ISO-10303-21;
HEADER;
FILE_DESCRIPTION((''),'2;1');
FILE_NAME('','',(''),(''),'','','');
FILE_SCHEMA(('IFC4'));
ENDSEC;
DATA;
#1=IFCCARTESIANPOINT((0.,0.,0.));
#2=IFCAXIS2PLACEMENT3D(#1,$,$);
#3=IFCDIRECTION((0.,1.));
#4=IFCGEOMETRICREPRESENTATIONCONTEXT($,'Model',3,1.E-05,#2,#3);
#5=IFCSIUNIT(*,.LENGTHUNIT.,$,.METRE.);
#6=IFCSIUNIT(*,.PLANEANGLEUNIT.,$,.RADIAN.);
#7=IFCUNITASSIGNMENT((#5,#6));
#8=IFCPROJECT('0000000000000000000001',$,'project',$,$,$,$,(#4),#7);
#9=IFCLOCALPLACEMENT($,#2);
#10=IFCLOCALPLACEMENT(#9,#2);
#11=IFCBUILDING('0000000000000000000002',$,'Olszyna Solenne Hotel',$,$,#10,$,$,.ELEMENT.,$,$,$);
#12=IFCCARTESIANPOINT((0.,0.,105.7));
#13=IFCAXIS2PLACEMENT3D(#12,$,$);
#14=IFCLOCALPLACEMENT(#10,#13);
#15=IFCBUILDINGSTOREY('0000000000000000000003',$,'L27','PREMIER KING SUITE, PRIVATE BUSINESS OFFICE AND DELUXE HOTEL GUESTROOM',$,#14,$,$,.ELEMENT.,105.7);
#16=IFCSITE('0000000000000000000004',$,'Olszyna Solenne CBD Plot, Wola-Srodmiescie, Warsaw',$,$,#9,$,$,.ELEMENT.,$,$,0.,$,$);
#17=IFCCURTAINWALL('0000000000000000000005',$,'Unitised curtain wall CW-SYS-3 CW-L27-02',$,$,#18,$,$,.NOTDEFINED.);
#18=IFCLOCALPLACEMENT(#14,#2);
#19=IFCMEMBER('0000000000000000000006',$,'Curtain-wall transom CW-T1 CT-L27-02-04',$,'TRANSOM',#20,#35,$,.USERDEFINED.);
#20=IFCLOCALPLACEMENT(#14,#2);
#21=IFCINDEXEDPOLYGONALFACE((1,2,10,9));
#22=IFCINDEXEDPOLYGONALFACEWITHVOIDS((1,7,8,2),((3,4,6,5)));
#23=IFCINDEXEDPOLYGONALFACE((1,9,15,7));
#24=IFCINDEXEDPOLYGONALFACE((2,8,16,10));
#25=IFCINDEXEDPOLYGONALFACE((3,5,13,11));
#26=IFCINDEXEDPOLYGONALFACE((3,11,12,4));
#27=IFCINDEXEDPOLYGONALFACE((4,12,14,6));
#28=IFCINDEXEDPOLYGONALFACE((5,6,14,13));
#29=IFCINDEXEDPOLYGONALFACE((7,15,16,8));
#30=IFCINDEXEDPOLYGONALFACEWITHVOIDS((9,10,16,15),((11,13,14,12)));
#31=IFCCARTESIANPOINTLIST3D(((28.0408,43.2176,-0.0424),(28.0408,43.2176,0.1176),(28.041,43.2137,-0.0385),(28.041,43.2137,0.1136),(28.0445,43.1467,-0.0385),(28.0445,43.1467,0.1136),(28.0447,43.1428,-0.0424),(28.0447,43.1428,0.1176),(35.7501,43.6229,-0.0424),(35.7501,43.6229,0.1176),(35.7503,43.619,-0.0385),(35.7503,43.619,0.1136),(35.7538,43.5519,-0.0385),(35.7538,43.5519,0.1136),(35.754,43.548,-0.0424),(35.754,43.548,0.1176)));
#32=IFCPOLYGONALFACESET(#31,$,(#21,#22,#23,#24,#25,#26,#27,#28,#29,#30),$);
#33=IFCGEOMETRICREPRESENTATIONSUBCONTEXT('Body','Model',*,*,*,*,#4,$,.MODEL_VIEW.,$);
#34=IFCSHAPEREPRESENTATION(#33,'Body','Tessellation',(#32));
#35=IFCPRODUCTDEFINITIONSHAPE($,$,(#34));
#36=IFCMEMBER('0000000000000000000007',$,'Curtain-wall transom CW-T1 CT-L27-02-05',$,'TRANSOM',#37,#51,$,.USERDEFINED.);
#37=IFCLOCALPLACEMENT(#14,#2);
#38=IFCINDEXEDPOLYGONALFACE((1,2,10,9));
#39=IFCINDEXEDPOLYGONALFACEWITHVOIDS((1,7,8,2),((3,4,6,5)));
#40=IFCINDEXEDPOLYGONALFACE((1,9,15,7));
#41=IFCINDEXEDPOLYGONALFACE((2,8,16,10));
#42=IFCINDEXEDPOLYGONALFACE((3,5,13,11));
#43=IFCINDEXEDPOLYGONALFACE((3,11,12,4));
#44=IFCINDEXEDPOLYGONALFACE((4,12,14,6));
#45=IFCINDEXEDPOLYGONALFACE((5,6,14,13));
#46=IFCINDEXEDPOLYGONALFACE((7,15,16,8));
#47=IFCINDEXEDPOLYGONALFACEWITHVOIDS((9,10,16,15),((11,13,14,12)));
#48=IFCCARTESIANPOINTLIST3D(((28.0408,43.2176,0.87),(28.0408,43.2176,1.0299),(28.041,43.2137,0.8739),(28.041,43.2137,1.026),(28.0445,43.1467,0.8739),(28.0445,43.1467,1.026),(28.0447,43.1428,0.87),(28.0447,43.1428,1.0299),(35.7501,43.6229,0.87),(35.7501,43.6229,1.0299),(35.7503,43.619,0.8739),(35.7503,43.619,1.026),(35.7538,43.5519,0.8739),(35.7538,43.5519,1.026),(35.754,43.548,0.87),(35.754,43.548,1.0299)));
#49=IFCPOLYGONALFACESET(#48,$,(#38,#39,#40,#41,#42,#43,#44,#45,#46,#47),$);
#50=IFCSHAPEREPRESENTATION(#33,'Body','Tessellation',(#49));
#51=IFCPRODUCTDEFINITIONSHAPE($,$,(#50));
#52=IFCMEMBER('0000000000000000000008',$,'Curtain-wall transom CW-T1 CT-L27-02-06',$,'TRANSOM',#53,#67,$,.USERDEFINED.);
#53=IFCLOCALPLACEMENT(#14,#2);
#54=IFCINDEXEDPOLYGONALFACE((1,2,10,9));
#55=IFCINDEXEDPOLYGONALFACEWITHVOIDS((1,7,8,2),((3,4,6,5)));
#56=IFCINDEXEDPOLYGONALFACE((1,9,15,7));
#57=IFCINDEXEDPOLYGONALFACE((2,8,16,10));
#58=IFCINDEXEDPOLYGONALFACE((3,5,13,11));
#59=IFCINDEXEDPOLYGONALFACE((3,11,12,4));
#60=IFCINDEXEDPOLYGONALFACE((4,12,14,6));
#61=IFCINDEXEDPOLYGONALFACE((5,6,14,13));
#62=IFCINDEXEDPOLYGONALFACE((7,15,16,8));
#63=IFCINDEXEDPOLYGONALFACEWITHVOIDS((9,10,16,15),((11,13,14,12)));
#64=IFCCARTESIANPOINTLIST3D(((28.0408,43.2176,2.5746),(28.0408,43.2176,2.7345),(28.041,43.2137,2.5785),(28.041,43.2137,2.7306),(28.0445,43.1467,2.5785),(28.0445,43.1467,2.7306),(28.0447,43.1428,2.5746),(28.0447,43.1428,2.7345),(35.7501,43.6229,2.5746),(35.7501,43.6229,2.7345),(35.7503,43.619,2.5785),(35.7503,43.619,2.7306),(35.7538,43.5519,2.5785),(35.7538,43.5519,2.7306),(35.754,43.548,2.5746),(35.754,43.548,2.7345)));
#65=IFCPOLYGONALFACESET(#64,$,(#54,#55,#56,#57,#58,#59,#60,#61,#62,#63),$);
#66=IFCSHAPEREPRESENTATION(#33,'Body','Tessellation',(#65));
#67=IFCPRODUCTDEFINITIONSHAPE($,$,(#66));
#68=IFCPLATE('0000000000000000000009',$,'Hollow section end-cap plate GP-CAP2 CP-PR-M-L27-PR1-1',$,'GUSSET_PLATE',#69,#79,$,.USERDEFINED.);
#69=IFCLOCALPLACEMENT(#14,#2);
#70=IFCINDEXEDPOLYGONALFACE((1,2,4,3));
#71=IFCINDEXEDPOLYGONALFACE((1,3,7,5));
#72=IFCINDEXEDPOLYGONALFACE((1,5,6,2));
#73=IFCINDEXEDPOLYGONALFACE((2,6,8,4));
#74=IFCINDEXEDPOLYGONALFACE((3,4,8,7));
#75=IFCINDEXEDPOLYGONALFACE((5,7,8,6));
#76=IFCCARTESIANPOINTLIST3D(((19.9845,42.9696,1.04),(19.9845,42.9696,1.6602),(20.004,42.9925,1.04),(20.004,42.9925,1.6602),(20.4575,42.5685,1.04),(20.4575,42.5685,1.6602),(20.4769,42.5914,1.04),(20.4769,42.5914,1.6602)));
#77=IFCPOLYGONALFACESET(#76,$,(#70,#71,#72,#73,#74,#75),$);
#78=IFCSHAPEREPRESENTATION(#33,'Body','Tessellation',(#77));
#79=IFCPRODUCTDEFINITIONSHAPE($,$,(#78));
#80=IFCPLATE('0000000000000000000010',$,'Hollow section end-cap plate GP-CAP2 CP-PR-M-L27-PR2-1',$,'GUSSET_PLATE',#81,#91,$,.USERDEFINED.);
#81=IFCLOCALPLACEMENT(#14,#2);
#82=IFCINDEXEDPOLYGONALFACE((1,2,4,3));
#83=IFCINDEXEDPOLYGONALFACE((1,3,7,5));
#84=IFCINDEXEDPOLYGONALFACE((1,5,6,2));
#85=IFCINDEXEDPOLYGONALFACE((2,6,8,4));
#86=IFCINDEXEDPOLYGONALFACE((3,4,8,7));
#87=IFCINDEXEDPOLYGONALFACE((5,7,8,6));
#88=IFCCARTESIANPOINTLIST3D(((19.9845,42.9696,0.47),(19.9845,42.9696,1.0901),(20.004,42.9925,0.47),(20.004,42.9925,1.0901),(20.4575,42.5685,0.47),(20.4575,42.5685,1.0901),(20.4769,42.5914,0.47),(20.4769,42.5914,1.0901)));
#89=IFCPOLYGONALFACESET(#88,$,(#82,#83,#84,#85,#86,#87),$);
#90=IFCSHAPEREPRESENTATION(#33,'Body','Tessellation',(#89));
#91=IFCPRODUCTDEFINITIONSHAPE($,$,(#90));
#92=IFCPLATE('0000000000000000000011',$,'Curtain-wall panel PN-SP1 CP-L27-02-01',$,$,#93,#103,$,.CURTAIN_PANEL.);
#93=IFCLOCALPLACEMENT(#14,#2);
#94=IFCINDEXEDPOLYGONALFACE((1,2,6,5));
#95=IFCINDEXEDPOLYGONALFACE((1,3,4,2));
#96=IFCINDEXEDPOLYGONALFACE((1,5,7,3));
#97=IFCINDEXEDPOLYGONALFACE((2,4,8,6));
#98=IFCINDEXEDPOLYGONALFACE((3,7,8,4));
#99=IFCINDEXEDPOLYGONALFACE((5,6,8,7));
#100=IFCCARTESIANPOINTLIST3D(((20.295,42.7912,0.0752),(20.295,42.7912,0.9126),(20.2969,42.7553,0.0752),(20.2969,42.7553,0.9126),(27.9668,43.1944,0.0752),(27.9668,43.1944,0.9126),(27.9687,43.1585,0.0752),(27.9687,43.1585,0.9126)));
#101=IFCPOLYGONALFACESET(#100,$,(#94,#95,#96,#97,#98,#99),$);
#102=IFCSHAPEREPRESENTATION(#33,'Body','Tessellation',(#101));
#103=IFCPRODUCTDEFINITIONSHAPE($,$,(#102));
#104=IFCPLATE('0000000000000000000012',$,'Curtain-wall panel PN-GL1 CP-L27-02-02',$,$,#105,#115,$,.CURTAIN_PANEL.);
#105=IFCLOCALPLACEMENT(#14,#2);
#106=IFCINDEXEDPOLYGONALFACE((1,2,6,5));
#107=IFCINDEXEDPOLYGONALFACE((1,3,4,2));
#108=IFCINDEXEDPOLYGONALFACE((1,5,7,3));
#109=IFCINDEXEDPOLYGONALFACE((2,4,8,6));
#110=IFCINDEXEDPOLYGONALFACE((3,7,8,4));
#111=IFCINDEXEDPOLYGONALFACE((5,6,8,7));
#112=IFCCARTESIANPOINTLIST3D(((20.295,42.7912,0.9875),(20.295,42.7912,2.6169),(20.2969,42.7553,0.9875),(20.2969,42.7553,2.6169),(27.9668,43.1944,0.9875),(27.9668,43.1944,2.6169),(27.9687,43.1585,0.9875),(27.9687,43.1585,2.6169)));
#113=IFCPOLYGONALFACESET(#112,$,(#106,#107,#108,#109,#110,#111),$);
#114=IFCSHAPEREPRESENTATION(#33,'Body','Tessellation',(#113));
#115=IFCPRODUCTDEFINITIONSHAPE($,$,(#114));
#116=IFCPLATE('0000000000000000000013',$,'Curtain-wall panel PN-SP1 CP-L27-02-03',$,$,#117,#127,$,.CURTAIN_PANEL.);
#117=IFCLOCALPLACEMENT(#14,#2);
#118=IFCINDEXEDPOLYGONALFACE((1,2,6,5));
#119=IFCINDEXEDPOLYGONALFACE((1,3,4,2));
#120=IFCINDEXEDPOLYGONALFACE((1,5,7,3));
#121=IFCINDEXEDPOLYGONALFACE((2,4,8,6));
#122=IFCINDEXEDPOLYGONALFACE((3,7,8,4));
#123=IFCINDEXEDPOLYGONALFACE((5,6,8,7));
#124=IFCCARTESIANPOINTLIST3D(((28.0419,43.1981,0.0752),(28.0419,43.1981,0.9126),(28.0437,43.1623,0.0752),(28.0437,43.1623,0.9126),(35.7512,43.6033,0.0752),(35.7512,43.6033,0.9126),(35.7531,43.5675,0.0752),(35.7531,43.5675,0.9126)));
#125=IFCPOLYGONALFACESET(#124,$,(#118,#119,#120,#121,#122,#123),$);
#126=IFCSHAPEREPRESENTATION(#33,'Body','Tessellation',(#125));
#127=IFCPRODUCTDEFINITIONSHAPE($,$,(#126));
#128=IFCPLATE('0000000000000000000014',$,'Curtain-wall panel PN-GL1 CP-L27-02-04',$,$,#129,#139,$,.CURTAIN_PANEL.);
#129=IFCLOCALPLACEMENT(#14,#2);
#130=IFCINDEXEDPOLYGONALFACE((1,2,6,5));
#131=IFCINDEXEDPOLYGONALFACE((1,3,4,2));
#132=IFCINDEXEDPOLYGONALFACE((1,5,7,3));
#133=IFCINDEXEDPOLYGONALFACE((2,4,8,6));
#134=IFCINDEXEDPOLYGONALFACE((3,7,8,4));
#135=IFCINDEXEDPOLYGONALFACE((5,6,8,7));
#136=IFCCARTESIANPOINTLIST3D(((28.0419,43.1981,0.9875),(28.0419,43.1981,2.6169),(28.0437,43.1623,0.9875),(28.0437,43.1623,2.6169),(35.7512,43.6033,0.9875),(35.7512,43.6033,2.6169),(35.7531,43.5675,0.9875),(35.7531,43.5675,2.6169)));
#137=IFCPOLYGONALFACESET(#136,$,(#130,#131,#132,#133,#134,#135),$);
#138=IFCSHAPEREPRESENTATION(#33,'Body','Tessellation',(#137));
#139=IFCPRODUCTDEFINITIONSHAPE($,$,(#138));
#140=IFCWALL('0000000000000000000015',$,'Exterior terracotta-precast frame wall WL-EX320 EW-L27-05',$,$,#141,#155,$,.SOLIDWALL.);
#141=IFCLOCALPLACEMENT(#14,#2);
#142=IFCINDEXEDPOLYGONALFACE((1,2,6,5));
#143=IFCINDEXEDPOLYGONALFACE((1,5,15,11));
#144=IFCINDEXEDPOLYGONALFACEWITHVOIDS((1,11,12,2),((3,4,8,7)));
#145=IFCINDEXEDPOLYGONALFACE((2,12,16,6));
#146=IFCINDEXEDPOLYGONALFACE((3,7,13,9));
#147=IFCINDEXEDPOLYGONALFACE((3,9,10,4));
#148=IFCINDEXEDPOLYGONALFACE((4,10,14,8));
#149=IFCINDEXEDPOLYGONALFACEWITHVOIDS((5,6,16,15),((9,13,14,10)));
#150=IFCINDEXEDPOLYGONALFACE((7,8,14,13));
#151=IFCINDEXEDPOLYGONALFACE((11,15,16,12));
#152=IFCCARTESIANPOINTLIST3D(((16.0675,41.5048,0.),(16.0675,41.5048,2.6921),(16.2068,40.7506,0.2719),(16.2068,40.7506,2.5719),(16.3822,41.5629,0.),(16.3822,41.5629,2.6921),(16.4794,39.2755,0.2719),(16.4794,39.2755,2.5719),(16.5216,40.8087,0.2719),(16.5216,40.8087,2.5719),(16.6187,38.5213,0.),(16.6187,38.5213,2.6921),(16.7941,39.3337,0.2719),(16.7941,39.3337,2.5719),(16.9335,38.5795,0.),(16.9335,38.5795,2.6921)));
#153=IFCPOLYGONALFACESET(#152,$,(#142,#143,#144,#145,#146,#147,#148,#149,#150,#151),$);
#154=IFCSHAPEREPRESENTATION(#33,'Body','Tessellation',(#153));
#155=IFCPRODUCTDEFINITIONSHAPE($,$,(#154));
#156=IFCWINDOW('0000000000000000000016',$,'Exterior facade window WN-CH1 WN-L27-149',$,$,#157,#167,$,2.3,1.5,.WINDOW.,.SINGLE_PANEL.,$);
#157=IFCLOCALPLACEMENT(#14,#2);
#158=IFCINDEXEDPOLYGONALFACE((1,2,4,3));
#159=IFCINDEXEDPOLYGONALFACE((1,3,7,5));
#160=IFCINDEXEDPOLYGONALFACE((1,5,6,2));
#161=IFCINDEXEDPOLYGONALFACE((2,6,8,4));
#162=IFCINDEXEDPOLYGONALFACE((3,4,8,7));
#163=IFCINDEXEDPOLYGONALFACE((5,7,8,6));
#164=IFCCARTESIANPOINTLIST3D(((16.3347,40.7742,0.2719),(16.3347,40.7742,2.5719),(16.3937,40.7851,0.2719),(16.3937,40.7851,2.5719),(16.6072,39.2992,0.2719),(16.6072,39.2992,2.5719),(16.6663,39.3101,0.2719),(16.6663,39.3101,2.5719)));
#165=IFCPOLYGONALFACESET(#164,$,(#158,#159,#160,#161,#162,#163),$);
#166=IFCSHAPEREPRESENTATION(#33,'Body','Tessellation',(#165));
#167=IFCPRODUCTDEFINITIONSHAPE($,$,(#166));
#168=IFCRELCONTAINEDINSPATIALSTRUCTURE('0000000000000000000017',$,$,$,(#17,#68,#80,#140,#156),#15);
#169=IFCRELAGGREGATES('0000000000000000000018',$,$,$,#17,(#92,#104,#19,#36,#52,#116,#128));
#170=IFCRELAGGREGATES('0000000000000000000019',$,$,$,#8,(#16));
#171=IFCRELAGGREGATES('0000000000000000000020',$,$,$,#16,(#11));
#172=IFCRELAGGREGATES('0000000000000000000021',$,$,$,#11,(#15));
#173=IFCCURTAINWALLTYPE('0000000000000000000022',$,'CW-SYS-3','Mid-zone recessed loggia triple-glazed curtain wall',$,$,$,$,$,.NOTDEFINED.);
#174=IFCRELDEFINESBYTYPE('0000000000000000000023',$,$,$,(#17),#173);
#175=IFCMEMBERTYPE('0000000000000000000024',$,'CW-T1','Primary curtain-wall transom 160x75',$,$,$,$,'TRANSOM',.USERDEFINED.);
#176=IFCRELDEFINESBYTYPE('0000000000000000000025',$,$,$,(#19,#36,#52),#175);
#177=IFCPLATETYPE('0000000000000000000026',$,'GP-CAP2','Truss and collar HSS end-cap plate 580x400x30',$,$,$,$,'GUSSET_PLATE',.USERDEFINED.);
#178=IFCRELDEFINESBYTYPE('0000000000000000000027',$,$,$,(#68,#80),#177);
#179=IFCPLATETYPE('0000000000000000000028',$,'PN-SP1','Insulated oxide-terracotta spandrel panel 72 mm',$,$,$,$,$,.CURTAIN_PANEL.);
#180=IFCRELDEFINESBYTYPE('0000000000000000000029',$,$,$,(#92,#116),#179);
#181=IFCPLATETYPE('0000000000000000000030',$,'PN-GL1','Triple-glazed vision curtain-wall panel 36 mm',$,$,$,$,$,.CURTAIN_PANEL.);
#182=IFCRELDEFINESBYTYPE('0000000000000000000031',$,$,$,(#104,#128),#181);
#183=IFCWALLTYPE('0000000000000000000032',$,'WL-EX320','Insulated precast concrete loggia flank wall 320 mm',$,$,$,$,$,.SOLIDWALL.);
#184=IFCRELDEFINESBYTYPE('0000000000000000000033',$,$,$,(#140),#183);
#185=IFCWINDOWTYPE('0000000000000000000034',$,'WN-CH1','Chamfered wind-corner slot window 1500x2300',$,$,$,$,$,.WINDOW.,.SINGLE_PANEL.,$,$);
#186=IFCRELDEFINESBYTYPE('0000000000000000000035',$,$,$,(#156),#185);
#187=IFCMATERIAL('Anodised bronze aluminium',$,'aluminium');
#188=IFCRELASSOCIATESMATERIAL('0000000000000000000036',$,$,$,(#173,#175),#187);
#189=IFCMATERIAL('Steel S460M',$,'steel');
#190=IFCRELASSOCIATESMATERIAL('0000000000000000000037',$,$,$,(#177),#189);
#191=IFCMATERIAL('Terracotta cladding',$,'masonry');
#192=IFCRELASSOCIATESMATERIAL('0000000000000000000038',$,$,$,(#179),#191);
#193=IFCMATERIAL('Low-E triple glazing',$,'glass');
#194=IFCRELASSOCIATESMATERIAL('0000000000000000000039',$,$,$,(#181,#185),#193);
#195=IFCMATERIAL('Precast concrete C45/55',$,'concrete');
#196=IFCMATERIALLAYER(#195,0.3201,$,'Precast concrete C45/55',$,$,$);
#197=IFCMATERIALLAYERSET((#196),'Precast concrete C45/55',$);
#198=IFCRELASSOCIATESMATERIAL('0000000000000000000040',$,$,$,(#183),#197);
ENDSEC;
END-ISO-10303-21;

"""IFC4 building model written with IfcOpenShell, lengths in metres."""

from ifc_helpers import new_model, si_unit, direction, frame, frame_2d, origin, origin_2d, place, context, subcontext, project, spatial, rectangle, hollow_rectangle, extrude, source, transform, mapped, material, layer, layer_set, material_profile, profile_set, type_object, type_shapes, element, fill, aggregate, save


model = new_model("IFC4")

# Units and contexts
model_context = context("Model", 3, precision=1e-05, world=origin(), true_north=direction((0.0, 1.0)))
body_context = subcontext(model_context, "Body", "Model", "MODEL_VIEW")
ifc_project = project(units=[si_unit("LENGTHUNIT", "METRE"), si_unit("PLANEANGLEUNIT", "RADIAN")], contexts=[model_context])

# Site, building, storey
site_placement = place(None, origin())
site = spatial("IfcSite", under=ifc_project, at=site_placement, Name="Olszyna Solenne CBD Plot, Wola-Srodmiescie, Warsaw", CompositionType="ELEMENT", RefElevation=0.0)
building_placement = place(site_placement, origin())
building = spatial("IfcBuilding", under=site, at=building_placement, Name="Olszyna Solenne Hotel", CompositionType="ELEMENT")
storey_placement = place(building_placement, frame((0.0, 0.0, 105.7)))
storey = spatial("IfcBuildingStorey", under=building, at=storey_placement, Name="L27", Description="PREMIER KING SUITE, PRIVATE BUSINESS OFFICE AND DELUXE HOTEL GUESTROOM", CompositionType="ELEMENT", Elevation=105.7)

# Shared definitions
ifc_material_1 = material(Name="Steel S460M", Category="steel")

# Curtain wall, members
ifc_material_2 = material(Name="Anodised bronze aluminium", Category="aluminium")
curtain_wall_type = type_object("IfcCurtainWallType", Name="CW-SYS-3", Description="Mid-zone recessed loggia triple-glazed curtain wall", PredefinedType="NOTDEFINED", material=ifc_material_2)
curtain_wall_placement = place(storey_placement, origin())
curtain_wall = element("IfcCurtainWall", 1, at=curtain_wall_placement, inside=storey, type_object=curtain_wall_type, Name="Unitised curtain wall CW-SYS-3 CW-L27-02", PredefinedType="NOTDEFINED")
ifc_material_profile_1 = material_profile(ifc_material_2, hollow_rectangle(XDim=0.075, YDim=0.1599, WallThickness=0.0039, at=origin_2d()), Name="TRAN 160x75x4", Category="load-bearing")
ifc_profile_set_1 = profile_set([ifc_material_profile_1], Name="Anodised bronze aluminium")
member_type_1 = type_object("IfcMemberType", Name="CW-T1", Description="Primary curtain-wall transom 160x75", ElementType="TRANSOM", PredefinedType="USERDEFINED", material=ifc_profile_set_1)
shared_shape_1 = source(origin(), body_context, "Body", "SweptSolid", [
    extrude(hollow_rectangle(XDim=0.075, YDim=0.1599, WallThickness=0.0039, at=origin_2d()), origin(), (0.0, 0.0, 1.0), 7.72),
])
member_1_placement = place(storey_placement, frame((28.0427, 43.1802, 0.0376), z_axis=(0.998621, 0.052497, 0.0), x_axis=(-0.052497, 0.998621, 0.0)))
member_1 = element("IfcMember", 2, at=member_1_placement, type_object=member_type_1, Name="Curtain-wall transom CW-T1 CT-L27-02-04", ObjectType="TRANSOM", PredefinedType="USERDEFINED", context=body_context, shape_type="MappedRepresentation", body=[
    mapped(shared_shape_1, transform((0.0, 0.0, 0.0), x_axis=(1.0, 0.0, 0.0), y_axis=(0.0, 1.0, 0.0), z_axis=(0.0, 0.0, 1.0), scale=1.0)),
])
member_2_placement = place(storey_placement, frame((28.0427, 43.1802, 0.95), z_axis=(0.998621, 0.052497, 0.0), x_axis=(-0.052497, 0.998621, 0.0)))
member_2 = element("IfcMember", 3, at=member_2_placement, type_object=member_type_1, Name="Curtain-wall transom CW-T1 CT-L27-02-05", ObjectType="TRANSOM", PredefinedType="USERDEFINED", context=body_context, shape_type="MappedRepresentation", body=[
    mapped(shared_shape_1, transform((0.0, 0.0, 0.0), x_axis=(1.0, 0.0, 0.0), y_axis=(0.0, 1.0, 0.0), z_axis=(0.0, 0.0, 1.0), scale=1.0)),
])
member_3_placement = place(storey_placement, frame((28.0427, 43.1802, 2.6545), z_axis=(0.998621, 0.052497, 0.0), x_axis=(-0.052497, 0.998621, 0.0)))
member_3 = element("IfcMember", 4, at=member_3_placement, type_object=member_type_1, Name="Curtain-wall transom CW-T1 CT-L27-02-06", ObjectType="TRANSOM", PredefinedType="USERDEFINED", context=body_context, shape_type="MappedRepresentation", body=[
    mapped(shared_shape_1, transform((0.0, 0.0, 0.0), x_axis=(1.0, 0.0, 0.0), y_axis=(0.0, 1.0, 0.0), z_axis=(0.0, 0.0, 1.0), scale=1.0)),
])

# Plates
plate_type_1 = type_object("IfcPlateType", Name="GP-CAP2", Description="Truss and collar HSS end-cap plate 580x400x30", ElementType="GUSSET_PLATE", PredefinedType="USERDEFINED", material=ifc_material_1)
shared_shape_2 = source(origin(), body_context, "Body", "SweptSolid", [
    extrude(rectangle(XDim=0.03, YDim=0.6201, at=origin_2d()), origin(), (0.0, 0.0, 1.0), 0.6201),
])
for number, where, z_axis, x_axis, name in (
    (5, (20.2307, 42.7805, 1.04), (0.0, 0.0, 1.0), (-0.64679, -0.762668, 0.0), "Hollow section end-cap plate GP-CAP2 CP-PR-M-L27-PR1-1"),
    (6, (20.2307, 42.7805, 0.47), (0.0, 0.0, 1.0), (-0.64679, -0.762668, 0.0), "Hollow section end-cap plate GP-CAP2 CP-PR-M-L27-PR2-1"),
):
    element("IfcPlate", number, at=place(storey_placement, frame(where, z_axis=z_axis, x_axis=x_axis)), inside=storey, type_object=plate_type_1, Name=name, ObjectType="GUSSET_PLATE", PredefinedType="USERDEFINED", context=body_context, shape_type="MappedRepresentation", body=[
        mapped(shared_shape_2, transform((0.0, 0.0, 0.0), x_axis=(1.0, 0.0, 0.0), y_axis=(0.0, 1.0, 0.0), z_axis=(0.0, 0.0, 1.0), scale=1.0)),
    ])

# Plates
ifc_material_3 = material(Name="Terracotta cladding", Category="masonry")
plate_type_2 = type_object("IfcPlateType", Name="PN-SP1", Description="Insulated oxide-terracotta spandrel panel 72 mm", PredefinedType="CURTAIN_PANEL", material=ifc_material_3)
shared_shape_3 = source(origin(), body_context, "Body", "SweptSolid", [
    extrude(rectangle(XDim=7.6824, YDim=0.0359, at=origin_2d()), origin(), (0.0, 0.0, 1.0), 0.8374),
])
plate_1_placement = place(storey_placement, frame((24.1318, 42.9749, 0.0752), z_axis=(0.0, 0.0, 1.0), x_axis=(0.998622, 0.052483, 0.0)))
plate_1 = element("IfcPlate", 7, at=plate_1_placement, type_object=plate_type_2, Name="Curtain-wall panel PN-SP1 CP-L27-02-01", PredefinedType="CURTAIN_PANEL", context=body_context, shape_type="MappedRepresentation", body=[
    mapped(shared_shape_3, transform((0.0, 0.0, 0.0), x_axis=(1.0, 0.0, 0.0), y_axis=(0.0, 1.0, 0.0), z_axis=(0.0, 0.0, 1.0), scale=1.0)),
])
ifc_material_4 = material(Name="Low-E triple glazing", Category="glass")
plate_type_3 = type_object("IfcPlateType", Name="PN-GL1", Description="Triple-glazed vision curtain-wall panel 36 mm", PredefinedType="CURTAIN_PANEL", material=ifc_material_4)
shared_shape_4 = source(origin(), body_context, "Body", "SweptSolid", [
    extrude(rectangle(XDim=7.6824, YDim=0.0359, at=origin_2d()), origin(), (0.0, 0.0, 1.0), 1.6294),
])
plate_2_placement = place(storey_placement, frame((24.1318, 42.9749, 0.9875), z_axis=(0.0, 0.0, 1.0), x_axis=(0.998622, 0.052483, 0.0)))
plate_2 = element("IfcPlate", 8, at=plate_2_placement, type_object=plate_type_3, Name="Curtain-wall panel PN-GL1 CP-L27-02-02", PredefinedType="CURTAIN_PANEL", context=body_context, shape_type="MappedRepresentation", body=[
    mapped(shared_shape_4, transform((0.0, 0.0, 0.0), x_axis=(1.0, 0.0, 0.0), y_axis=(0.0, 1.0, 0.0), z_axis=(0.0, 0.0, 1.0), scale=1.0)),
])
shared_shape_5 = source(origin(), body_context, "Body", "SweptSolid", [
    extrude(rectangle(XDim=7.72, YDim=0.0359, at=origin_2d()), origin(), (0.0, 0.0, 1.0), 0.8374),
])
plate_3_placement = place(storey_placement, frame((31.8975, 43.3828, 0.0752), z_axis=(0.0, 0.0, 1.0), x_axis=(0.998622, 0.052483, 0.0)))
plate_3 = element("IfcPlate", 9, at=plate_3_placement, type_object=plate_type_2, Name="Curtain-wall panel PN-SP1 CP-L27-02-03", PredefinedType="CURTAIN_PANEL", context=body_context, shape_type="MappedRepresentation", body=[
    mapped(shared_shape_5, transform((0.0, 0.0, 0.0), x_axis=(1.0, 0.0, 0.0), y_axis=(0.0, 1.0, 0.0), z_axis=(0.0, 0.0, 1.0), scale=1.0)),
])
shared_shape_6 = source(origin(), body_context, "Body", "SweptSolid", [
    extrude(rectangle(XDim=7.72, YDim=0.0359, at=origin_2d()), origin(), (0.0, 0.0, 1.0), 1.6294),
])
plate_4_placement = place(storey_placement, frame((31.8975, 43.3828, 0.9875), z_axis=(0.0, 0.0, 1.0), x_axis=(0.998622, 0.052483, 0.0)))
plate_4 = element("IfcPlate", 10, at=plate_4_placement, type_object=plate_type_3, Name="Curtain-wall panel PN-GL1 CP-L27-02-04", PredefinedType="CURTAIN_PANEL", context=body_context, shape_type="MappedRepresentation", body=[
    mapped(shared_shape_6, transform((0.0, 0.0, 0.0), x_axis=(1.0, 0.0, 0.0), y_axis=(0.0, 1.0, 0.0), z_axis=(0.0, 0.0, 1.0), scale=1.0)),
])
aggregate(curtain_wall, [plate_1, plate_2, member_1, member_2, member_3, plate_3, plate_4])

# Wall, opening, window
ifc_material_5 = material(Name="Precast concrete C45/55", Category="concrete")
ifc_layer = layer(ifc_material_5, 0.3201, Name="Precast concrete C45/55")
ifc_layer_set = layer_set([ifc_layer], Name="Precast concrete C45/55")
wall_type = type_object("IfcWallType", Name="WL-EX320", Description="Insulated precast concrete loggia flank wall 320 mm", PredefinedType="SOLIDWALL", material=ifc_layer_set)
wall_1_placement = place(storey_placement, frame((16.7761, 38.5503, 0.0), z_axis=(0.0, 0.0, 1.0), x_axis=(-0.181703, 0.983353, 0.0)))
wall_1 = element("IfcWall", 11, at=wall_1_placement, inside=storey, type_object=wall_type, Name="Exterior terracotta-precast frame wall WL-EX320 EW-L27-05", PredefinedType="SOLIDWALL", context=body_context, shape_type="SweptSolid", body=[
    extrude(rectangle(XDim=3.0339, YDim=0.3201, at=frame_2d((1.5171, 0.0))), origin(), (0.0, 0.0, 1.0), 2.6921),
])
opening_1_placement = place(wall_1_placement, frame((0.7671, 0.0, 0.272)))
opening_1 = element("IfcOpeningElement", 12, at=opening_1_placement, cuts=wall_1, PredefinedType="OPENING", context=body_context, shape_type="SweptSolid", body=[
    extrude(rectangle(XDim=1.5, YDim=2.3, at=frame_2d((0.75, 1.1499))), frame((0.0, 0.1699, 0.0), z_axis=(0.0, -1.0, 0.0), x_axis=(1.0, 0.0, 0.0)), (0.0, 0.0, 1.0), 0.3401),
])
window_type = type_object("IfcWindowType", Name="WN-CH1", Description="Chamfered wind-corner slot window 1500x2300", PartitioningType="SINGLE_PANEL", PredefinedType="WINDOW", material=ifc_material_4)
shared_shape_7 = source(origin(), body_context, "Body", "SweptSolid", [
    extrude(rectangle(XDim=1.5, YDim=2.3, at=frame_2d((0.75, 1.1499))), frame((0.0, 0.03, 0.0), z_axis=(0.0, -1.0, 0.0), x_axis=(1.0, 0.0, 0.0)), (0.0, 0.0, 1.0), 0.0601),
])
type_shapes(window_type, [shared_shape_7])
window_1_placement = place(opening_1_placement, origin())
window_1 = element("IfcWindow", 13, at=window_1_placement, inside=storey, type_object=window_type, Name="Exterior facade window WN-CH1 WN-L27-149", OverallHeight=2.3, OverallWidth=1.5, PartitioningType="SINGLE_PANEL", PredefinedType="WINDOW", context=body_context, shape_type="MappedRepresentation", body=[
    mapped(shared_shape_7, transform((0.0, 0.0, 0.0), x_axis=(1.0, 0.0, 0.0), y_axis=(0.0, 1.0, 0.0), z_axis=(0.0, 0.0, 1.0), scale=1.0)),
])
fill(opening_1, window_1)

save(model, "model.ifc")
